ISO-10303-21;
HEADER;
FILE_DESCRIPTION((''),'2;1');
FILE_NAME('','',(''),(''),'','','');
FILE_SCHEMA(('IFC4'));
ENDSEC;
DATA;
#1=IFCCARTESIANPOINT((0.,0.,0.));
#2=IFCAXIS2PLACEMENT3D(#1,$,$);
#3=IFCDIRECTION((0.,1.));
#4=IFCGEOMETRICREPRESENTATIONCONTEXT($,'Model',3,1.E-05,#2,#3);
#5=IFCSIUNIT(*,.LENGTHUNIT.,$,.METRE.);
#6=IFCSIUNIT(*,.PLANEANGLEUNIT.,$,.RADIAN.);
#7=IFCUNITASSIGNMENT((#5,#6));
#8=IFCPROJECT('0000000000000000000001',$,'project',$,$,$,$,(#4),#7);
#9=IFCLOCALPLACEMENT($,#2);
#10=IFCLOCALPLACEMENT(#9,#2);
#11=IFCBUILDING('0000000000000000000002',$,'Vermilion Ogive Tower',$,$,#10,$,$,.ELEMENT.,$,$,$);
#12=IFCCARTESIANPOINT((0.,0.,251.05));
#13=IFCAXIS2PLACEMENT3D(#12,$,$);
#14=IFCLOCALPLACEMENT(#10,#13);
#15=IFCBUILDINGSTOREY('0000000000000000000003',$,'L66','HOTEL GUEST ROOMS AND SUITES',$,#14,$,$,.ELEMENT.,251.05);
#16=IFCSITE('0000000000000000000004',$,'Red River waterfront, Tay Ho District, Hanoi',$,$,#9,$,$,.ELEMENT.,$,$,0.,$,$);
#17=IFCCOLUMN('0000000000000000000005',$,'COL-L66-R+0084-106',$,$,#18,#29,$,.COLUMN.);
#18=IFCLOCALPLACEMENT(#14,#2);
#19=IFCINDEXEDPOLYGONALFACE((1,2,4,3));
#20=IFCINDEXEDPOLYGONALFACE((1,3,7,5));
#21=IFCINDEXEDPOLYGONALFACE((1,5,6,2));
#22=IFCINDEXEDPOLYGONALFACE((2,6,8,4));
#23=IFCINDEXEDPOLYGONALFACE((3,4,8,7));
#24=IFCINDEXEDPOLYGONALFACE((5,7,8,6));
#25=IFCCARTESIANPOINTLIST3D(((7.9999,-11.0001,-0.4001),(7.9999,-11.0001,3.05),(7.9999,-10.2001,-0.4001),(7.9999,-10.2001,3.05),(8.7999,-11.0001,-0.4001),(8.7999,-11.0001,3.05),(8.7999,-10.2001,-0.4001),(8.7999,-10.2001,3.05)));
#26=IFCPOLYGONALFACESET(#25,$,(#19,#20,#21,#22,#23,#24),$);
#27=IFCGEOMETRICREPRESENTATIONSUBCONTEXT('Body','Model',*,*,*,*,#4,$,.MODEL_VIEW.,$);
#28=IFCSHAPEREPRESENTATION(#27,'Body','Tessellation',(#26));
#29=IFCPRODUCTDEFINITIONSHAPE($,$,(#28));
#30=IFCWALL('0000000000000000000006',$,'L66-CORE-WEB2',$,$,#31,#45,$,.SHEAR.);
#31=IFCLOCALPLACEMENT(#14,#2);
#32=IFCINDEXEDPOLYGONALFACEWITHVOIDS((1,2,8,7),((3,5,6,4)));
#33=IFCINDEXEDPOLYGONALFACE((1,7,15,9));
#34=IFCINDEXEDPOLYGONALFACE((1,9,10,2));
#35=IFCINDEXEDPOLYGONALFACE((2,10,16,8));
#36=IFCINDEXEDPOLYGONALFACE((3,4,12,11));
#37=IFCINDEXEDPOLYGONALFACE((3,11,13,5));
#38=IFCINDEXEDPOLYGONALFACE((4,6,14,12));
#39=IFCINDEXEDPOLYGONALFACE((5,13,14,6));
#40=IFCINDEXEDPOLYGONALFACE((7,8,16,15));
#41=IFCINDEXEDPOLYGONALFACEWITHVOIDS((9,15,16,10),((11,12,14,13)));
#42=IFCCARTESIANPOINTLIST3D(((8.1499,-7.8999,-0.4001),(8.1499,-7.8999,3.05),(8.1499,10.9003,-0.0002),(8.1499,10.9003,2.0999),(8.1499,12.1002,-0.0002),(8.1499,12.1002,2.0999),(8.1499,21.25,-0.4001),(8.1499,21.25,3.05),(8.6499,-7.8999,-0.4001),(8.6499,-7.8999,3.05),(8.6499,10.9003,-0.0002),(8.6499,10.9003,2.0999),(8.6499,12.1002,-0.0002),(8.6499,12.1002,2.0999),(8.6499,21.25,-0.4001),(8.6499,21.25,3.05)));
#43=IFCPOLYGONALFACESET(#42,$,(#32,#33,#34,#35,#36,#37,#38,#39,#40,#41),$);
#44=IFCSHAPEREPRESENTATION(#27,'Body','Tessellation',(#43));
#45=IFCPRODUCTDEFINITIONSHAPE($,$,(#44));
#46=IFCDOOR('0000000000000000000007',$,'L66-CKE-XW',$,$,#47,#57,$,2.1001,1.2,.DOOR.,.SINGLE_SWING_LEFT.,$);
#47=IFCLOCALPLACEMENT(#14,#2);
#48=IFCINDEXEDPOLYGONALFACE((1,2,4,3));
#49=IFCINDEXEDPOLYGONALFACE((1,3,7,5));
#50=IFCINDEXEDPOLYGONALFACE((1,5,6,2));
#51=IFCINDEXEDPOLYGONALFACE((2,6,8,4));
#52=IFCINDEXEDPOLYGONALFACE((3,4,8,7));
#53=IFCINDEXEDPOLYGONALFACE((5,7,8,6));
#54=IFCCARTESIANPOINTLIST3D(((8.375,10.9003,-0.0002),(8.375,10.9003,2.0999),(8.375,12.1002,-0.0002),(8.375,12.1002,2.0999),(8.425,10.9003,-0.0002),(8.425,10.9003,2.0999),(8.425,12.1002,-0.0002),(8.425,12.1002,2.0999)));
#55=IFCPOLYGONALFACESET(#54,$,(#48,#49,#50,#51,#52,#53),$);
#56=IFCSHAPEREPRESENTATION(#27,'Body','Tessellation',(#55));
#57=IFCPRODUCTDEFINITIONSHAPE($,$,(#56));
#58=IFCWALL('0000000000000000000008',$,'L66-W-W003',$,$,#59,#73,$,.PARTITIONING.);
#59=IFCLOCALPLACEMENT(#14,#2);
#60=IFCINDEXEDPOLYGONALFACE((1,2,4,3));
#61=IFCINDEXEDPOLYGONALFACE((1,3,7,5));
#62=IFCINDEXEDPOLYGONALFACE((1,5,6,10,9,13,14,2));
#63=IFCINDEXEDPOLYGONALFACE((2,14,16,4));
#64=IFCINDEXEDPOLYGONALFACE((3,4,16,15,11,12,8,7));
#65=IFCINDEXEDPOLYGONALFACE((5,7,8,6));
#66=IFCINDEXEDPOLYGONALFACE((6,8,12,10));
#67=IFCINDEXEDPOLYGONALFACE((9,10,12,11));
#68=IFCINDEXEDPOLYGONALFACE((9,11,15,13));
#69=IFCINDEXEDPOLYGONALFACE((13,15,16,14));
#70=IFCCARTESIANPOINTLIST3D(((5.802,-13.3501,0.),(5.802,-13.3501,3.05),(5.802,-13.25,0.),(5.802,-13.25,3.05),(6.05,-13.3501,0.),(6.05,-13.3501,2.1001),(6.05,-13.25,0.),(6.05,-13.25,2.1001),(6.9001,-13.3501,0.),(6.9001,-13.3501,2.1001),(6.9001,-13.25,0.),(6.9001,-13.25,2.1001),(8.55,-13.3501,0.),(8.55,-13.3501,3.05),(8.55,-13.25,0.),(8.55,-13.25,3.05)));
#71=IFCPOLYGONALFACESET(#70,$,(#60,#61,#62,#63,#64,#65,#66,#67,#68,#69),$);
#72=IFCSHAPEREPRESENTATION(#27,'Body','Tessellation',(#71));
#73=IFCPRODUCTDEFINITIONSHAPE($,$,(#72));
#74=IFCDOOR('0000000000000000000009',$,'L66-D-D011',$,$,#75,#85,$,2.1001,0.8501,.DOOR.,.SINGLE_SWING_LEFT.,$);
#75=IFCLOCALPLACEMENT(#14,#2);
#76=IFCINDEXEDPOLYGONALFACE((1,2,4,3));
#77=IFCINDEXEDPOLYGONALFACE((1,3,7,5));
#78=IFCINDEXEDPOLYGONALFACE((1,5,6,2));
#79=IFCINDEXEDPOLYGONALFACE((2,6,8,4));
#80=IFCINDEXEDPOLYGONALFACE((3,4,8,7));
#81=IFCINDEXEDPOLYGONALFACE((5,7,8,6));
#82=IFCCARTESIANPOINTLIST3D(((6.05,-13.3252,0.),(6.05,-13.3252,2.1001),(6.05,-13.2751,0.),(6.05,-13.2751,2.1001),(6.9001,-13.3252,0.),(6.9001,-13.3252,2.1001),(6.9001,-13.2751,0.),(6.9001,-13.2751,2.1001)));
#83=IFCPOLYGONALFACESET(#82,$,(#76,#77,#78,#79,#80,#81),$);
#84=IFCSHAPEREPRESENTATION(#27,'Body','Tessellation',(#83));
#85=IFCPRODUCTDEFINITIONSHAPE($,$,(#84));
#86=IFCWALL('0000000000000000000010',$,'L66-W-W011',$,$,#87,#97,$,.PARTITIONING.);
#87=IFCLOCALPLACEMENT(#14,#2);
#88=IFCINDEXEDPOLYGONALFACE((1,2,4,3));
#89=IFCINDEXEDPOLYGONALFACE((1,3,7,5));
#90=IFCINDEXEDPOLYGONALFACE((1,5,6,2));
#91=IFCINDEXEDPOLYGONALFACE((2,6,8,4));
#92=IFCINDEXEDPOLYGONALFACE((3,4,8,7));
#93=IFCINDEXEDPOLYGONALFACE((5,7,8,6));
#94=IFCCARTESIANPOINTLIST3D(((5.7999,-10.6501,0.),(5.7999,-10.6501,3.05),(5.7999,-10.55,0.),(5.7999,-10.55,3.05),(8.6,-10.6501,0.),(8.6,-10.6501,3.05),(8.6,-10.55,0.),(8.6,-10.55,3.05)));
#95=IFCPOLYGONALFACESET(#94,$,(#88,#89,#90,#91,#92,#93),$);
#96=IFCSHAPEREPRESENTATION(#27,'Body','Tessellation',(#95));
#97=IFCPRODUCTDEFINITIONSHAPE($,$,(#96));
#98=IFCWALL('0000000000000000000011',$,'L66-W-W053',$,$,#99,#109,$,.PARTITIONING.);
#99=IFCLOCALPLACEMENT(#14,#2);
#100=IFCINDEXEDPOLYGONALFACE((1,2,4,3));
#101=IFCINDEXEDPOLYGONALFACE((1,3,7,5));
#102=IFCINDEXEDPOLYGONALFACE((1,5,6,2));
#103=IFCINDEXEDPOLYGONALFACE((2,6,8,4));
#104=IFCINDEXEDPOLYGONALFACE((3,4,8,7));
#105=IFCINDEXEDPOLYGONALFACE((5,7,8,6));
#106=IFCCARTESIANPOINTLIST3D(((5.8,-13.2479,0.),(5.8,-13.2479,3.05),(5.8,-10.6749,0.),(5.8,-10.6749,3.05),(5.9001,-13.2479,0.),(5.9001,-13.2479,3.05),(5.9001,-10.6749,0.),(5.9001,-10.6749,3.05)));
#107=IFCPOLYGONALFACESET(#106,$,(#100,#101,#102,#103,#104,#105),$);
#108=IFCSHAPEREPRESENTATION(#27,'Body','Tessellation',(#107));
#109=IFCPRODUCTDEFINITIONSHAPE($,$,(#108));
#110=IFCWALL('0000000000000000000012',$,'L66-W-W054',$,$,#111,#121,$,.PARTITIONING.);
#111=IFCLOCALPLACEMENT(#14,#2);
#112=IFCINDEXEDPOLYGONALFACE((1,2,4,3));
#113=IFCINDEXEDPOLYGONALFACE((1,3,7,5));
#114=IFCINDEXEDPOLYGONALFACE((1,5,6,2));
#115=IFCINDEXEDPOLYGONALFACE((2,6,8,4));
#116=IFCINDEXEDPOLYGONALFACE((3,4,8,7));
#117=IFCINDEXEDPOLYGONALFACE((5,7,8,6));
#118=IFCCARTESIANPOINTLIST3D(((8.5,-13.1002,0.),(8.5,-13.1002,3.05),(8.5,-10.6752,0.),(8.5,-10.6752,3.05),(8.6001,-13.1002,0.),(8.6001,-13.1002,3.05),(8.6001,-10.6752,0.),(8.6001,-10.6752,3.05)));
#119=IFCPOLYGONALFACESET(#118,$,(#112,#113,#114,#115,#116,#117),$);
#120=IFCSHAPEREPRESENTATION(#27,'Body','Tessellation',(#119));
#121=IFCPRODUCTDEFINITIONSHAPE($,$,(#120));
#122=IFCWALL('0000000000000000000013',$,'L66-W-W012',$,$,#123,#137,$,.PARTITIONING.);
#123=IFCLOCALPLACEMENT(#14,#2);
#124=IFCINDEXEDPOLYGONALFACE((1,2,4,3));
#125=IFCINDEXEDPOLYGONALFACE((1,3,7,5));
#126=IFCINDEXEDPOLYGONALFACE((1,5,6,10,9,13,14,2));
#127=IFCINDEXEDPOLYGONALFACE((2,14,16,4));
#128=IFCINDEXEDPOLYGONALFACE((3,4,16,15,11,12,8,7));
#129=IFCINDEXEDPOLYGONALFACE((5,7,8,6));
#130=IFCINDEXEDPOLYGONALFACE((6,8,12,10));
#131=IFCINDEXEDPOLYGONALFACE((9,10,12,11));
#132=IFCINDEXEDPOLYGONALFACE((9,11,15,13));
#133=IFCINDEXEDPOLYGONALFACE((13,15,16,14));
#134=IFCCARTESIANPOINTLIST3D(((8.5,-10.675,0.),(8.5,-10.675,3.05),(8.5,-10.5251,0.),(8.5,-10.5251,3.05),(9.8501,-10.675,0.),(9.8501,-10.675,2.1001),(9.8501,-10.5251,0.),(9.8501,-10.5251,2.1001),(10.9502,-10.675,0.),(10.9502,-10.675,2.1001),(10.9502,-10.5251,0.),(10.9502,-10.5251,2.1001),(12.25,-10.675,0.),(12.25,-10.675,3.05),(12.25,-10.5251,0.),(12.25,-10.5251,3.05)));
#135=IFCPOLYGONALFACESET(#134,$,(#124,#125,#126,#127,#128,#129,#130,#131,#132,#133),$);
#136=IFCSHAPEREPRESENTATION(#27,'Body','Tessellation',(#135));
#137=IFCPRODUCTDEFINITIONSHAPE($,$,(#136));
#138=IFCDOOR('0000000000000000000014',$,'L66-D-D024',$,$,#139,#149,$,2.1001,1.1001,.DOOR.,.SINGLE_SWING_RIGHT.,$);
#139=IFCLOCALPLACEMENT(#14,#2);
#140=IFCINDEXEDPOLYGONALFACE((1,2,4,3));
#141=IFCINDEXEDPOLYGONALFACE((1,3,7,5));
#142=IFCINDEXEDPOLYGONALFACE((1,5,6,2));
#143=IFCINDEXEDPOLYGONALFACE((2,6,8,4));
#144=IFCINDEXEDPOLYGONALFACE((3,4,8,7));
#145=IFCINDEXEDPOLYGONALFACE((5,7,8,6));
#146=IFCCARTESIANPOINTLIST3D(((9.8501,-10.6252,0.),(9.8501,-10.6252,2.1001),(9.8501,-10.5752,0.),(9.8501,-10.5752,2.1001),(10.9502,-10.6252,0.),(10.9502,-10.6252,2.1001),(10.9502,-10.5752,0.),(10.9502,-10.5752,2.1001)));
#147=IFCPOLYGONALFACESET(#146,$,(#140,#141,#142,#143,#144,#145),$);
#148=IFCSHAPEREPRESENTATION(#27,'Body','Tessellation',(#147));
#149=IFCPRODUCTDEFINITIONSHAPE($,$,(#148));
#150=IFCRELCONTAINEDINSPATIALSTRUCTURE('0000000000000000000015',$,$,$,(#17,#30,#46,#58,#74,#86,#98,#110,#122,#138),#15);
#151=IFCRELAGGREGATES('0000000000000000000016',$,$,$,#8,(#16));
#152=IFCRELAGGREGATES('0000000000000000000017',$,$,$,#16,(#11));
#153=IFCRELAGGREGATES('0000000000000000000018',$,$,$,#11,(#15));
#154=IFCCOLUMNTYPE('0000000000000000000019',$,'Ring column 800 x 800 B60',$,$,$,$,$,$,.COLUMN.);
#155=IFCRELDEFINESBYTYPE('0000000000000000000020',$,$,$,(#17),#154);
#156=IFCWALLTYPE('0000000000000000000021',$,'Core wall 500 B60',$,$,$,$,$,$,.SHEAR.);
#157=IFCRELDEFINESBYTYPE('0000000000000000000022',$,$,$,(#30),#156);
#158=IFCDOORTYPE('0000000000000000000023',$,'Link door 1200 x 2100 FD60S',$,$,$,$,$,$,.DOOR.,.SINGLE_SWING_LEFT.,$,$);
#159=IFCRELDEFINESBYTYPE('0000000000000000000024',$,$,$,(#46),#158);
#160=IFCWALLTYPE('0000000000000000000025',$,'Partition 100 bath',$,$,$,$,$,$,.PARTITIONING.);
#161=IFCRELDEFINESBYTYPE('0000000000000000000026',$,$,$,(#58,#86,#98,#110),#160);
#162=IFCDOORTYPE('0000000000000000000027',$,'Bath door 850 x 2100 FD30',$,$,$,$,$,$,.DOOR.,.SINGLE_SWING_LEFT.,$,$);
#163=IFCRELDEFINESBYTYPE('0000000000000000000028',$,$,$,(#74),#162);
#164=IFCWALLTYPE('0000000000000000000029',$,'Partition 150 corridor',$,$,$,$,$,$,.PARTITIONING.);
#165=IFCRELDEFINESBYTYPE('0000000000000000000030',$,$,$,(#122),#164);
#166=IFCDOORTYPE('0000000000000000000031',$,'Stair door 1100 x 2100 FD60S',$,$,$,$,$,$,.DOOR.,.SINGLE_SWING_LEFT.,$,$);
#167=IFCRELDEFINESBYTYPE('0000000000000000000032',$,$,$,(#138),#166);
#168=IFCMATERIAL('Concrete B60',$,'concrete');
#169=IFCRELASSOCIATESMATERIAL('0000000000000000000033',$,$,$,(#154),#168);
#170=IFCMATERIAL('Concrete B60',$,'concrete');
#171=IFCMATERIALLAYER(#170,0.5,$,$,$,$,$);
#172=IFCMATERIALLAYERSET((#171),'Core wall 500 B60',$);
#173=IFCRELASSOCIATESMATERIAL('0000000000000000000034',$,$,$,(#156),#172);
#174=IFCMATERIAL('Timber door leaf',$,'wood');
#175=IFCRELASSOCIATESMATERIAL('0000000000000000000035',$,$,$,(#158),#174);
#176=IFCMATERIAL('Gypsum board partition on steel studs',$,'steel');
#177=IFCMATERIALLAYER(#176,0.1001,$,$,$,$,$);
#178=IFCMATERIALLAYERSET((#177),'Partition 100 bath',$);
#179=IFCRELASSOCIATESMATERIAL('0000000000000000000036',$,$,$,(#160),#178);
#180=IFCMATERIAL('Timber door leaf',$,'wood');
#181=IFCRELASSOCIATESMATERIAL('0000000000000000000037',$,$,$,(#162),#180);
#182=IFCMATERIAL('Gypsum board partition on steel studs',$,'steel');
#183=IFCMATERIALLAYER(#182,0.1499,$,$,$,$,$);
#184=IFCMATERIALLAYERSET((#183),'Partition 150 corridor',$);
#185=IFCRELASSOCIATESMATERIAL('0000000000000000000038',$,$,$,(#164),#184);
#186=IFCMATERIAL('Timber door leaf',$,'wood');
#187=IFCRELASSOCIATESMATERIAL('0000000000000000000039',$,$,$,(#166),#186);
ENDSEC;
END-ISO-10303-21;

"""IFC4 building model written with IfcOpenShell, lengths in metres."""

from ifc_helpers import new_model, si_unit, direction, frame, frame_2d, origin, origin_2d, place, context, subcontext, project, spatial, rectangle, extrude, material, layer, layer_set, material_profile, profile_set, type_object, element, fill, save


model = new_model("IFC4")

# Units and contexts
model_context = context("Model", 3, precision=1e-05, world=origin(), true_north=direction((0.0, 1.0)))
body_context = subcontext(model_context, "Body", "Model", "MODEL_VIEW")
ifc_project = project(units=[si_unit("LENGTHUNIT", "METRE"), si_unit("PLANEANGLEUNIT", "RADIAN")], contexts=[model_context])

# Site, building, storey
site_placement = place(None, origin())
site = spatial("IfcSite", under=ifc_project, at=site_placement, Name="Red River waterfront, Tay Ho District, Hanoi", CompositionType="ELEMENT", RefElevation=0.0)
building_placement = place(site_placement, origin())
building = spatial("IfcBuilding", under=site, at=building_placement, Name="Vermilion Ogive Tower", CompositionType="ELEMENT")
storey_placement = place(building_placement, frame((0.0, 0.0, 251.05)))
storey = spatial("IfcBuildingStorey", under=building, at=storey_placement, Name="L66", Description="HOTEL GUEST ROOMS AND SUITES", CompositionType="ELEMENT", Elevation=251.05)

# Column
ifc_material_1 = material(Name="Concrete B60", Category="concrete")
ifc_material_profile = material_profile(ifc_material_1, rectangle(XDim=0.8, YDim=0.8, at=origin_2d()), Name="800 x 800")
ifc_profile_set = profile_set([ifc_material_profile], Name="Concrete B60")
column_type = type_object("IfcColumnType", Name="Ring column 800 x 800 B60", PredefinedType="COLUMN", material=ifc_profile_set)
column_placement = place(storey_placement, frame((8.3999, -10.6001, -0.4001), z_axis=(0.0, 0.0, 1.0), x_axis=(1.0, 0.0, 0.0)))
element("IfcColumn", 1, at=column_placement, inside=storey, type_object=column_type, Name="COL-L66-R+0084-106", PredefinedType="COLUMN", context=body_context, shape_type="SweptSolid", body=[
    extrude(rectangle(XDim=0.8, YDim=0.8, at=origin_2d()), origin(), (0.0, 0.0, 1.0), 3.4502),
])

# Walls, openings, doors
ifc_material_2 = material(Name="Concrete B60", Category="concrete")
ifc_layer_1 = layer(ifc_material_2, 0.5)
ifc_layer_set_1 = layer_set([ifc_layer_1], Name="Core wall 500 B60")
wall_type_1 = type_object("IfcWallType", Name="Core wall 500 B60", PredefinedType="SHEAR", material=ifc_layer_set_1)
wall_1_placement = place(storey_placement, frame((8.3999, -7.8999, -0.4001), z_axis=(0.0, 0.0, 1.0), x_axis=(0.0, 1.0, 0.0)))
wall_1 = element("IfcWall", 2, at=wall_1_placement, inside=storey, type_object=wall_type_1, Name="L66-CORE-WEB2", PredefinedType="SHEAR", context=body_context, shape_type="SweptSolid", body=[
    extrude(rectangle(XDim=29.1499, YDim=0.5, at=frame_2d((14.575, 0.0))), origin(), (0.0, 0.0, 1.0), 3.4502),
])
opening_1_placement = place(wall_1_placement, frame((18.8, 0.0, 0.3999)))
opening_1 = element("IfcOpeningElement", 3, at=opening_1_placement, cuts=wall_1, PredefinedType="OPENING", context=body_context, shape_type="SweptSolid", body=[
    extrude(rectangle(XDim=1.2, YDim=2.1001, at=frame_2d((0.6001, 1.05))), frame((0.0, 0.26, 0.0), z_axis=(0.0, -1.0, 0.0), x_axis=(1.0, 0.0, 0.0)), (0.0, 0.0, 1.0), 0.52),
])
ifc_material_3 = material(Name="Timber door leaf", Category="wood")
door_type_1 = type_object("IfcDoorType", Name="Link door 1200 x 2100 FD60S", OperationType="SINGLE_SWING_LEFT", PredefinedType="DOOR", material=ifc_material_3)
door_1_placement = place(opening_1_placement, origin())
door_1 = element("IfcDoor", 4, at=door_1_placement, inside=storey, type_object=door_type_1, Name="L66-CKE-XW", OperationType="SINGLE_SWING_LEFT", OverallHeight=2.1001, OverallWidth=1.2, PredefinedType="DOOR", context=body_context, shape_type="SweptSolid", body=[
    extrude(rectangle(XDim=1.2, YDim=2.1001, at=frame_2d((0.6001, 1.05))), frame((0.0, 0.0249, 0.0), z_axis=(0.0, -1.0, 0.0), x_axis=(1.0, 0.0, 0.0)), (0.0, 0.0, 1.0), 0.05),
])
fill(opening_1, door_1)
ifc_material_4 = material(Name="Gypsum board partition on steel studs", Category="steel")
ifc_layer_2 = layer(ifc_material_4, 0.1001)
ifc_layer_set_2 = layer_set([ifc_layer_2], Name="Partition 100 bath")
wall_type_2 = type_object("IfcWallType", Name="Partition 100 bath", PredefinedType="PARTITIONING", material=ifc_layer_set_2)
wall_2_placement = place(storey_placement, frame((5.802, -13.3, 0.0), z_axis=(0.0, 0.0, 1.0), x_axis=(1.0, 0.0, 0.0)))
wall_2 = element("IfcWall", 5, at=wall_2_placement, inside=storey, type_object=wall_type_2, Name="L66-W-W003", PredefinedType="PARTITIONING", context=body_context, shape_type="SweptSolid", body=[
    extrude(rectangle(XDim=2.748, YDim=0.1001, at=frame_2d((1.374, 0.0))), origin(), (0.0, 0.0, 1.0), 3.05),
])
opening_2_placement = place(wall_2_placement, frame((0.248, 0.0, 0.0)))
opening_2 = element("IfcOpeningElement", 6, at=opening_2_placement, cuts=wall_2, PredefinedType="OPENING", context=body_context, shape_type="SweptSolid", body=[
    extrude(rectangle(XDim=0.8501, YDim=2.1001, at=frame_2d((0.425, 1.05))), frame((0.0, 0.0601, 0.0), z_axis=(0.0, -1.0, 0.0), x_axis=(1.0, 0.0, 0.0)), (0.0, 0.0, 1.0), 0.1201),
])
ifc_material_5 = material(Name="Timber door leaf", Category="wood")
door_type_2 = type_object("IfcDoorType", Name="Bath door 850 x 2100 FD30", OperationType="SINGLE_SWING_LEFT", PredefinedType="DOOR", material=ifc_material_5)
door_2_placement = place(opening_2_placement, origin())
door_2 = element("IfcDoor", 7, at=door_2_placement, inside=storey, type_object=door_type_2, Name="L66-D-D011", OperationType="SINGLE_SWING_LEFT", OverallHeight=2.1001, OverallWidth=0.8501, PredefinedType="DOOR", context=body_context, shape_type="SweptSolid", body=[
    extrude(rectangle(XDim=0.8501, YDim=2.1001, at=frame_2d((0.425, 1.05))), frame((0.0, 0.0249, 0.0), z_axis=(0.0, -1.0, 0.0), x_axis=(1.0, 0.0, 0.0)), (0.0, 0.0, 1.0), 0.05),
])
fill(opening_2, door_2)

# Walls
wall_3_placement = place(storey_placement, frame((5.8, -10.6001, 0.0), z_axis=(0.0, 0.0, 1.0), x_axis=(1.0, 0.0, 0.0)))
element("IfcWall", 8, at=wall_3_placement, inside=storey, type_object=wall_type_2, Name="L66-W-W011", PredefinedType="PARTITIONING", context=body_context, shape_type="SweptSolid", body=[
    extrude(rectangle(XDim=2.8, YDim=0.1001, at=frame_2d((1.3999, 0.0))), origin(), (0.0, 0.0, 1.0), 3.05),
])
wall_4_placement = place(storey_placement, frame((5.8501, -13.248, 0.0), z_axis=(0.0, 0.0, 1.0), x_axis=(0.0, 1.0, 0.0)))
element("IfcWall", 9, at=wall_4_placement, inside=storey, type_object=wall_type_2, Name="L66-W-W053", PredefinedType="PARTITIONING", context=body_context, shape_type="SweptSolid", body=[
    extrude(rectangle(XDim=2.573, YDim=0.1001, at=frame_2d((1.2866, 0.0))), origin(), (0.0, 0.0, 1.0), 3.05),
])
wall_5_placement = place(storey_placement, frame((8.55, -13.1001, 0.0), z_axis=(0.0, 0.0, 1.0), x_axis=(0.0, 1.0, 0.0)))
element("IfcWall", 10, at=wall_5_placement, inside=storey, type_object=wall_type_2, Name="L66-W-W054", PredefinedType="PARTITIONING", context=body_context, shape_type="SweptSolid", body=[
    extrude(rectangle(XDim=2.425, YDim=0.1001, at=frame_2d((1.2124, 0.0))), origin(), (0.0, 0.0, 1.0), 3.05),
])

# Wall, opening, door
ifc_material_6 = material(Name="Gypsum board partition on steel studs", Category="steel")
ifc_layer_3 = layer(ifc_material_6, 0.1499)
ifc_layer_set_3 = layer_set([ifc_layer_3], Name="Partition 150 corridor")
wall_type_3 = type_object("IfcWallType", Name="Partition 150 corridor", PredefinedType="PARTITIONING", material=ifc_layer_set_3)
wall_6_placement = place(storey_placement, frame((8.5, -10.6001, 0.0), z_axis=(0.0, 0.0, 1.0), x_axis=(1.0, 0.0, 0.0)))
wall_6 = element("IfcWall", 11, at=wall_6_placement, inside=storey, type_object=wall_type_3, Name="L66-W-W012", PredefinedType="PARTITIONING", context=body_context, shape_type="SweptSolid", body=[
    extrude(rectangle(XDim=3.75, YDim=0.1499, at=frame_2d((1.875, 0.0))), origin(), (0.0, 0.0, 1.0), 3.05),
])
opening_3_placement = place(wall_6_placement, frame((1.3501, 0.0, 0.0)))
opening_3 = element("IfcOpeningElement", 12, at=opening_3_placement, cuts=wall_6, PredefinedType="OPENING", context=body_context, shape_type="SweptSolid", body=[
    extrude(rectangle(XDim=1.1001, YDim=2.1001, at=frame_2d((0.55, 1.05))), frame((0.0, 0.085, 0.0), z_axis=(0.0, -1.0, 0.0), x_axis=(1.0, 0.0, 0.0)), (0.0, 0.0, 1.0), 0.1699),
])
ifc_material_7 = material(Name="Timber door leaf", Category="wood")
door_type_3 = type_object("IfcDoorType", Name="Stair door 1100 x 2100 FD60S", OperationType="SINGLE_SWING_LEFT", PredefinedType="DOOR", material=ifc_material_7)
door_3_placement = place(opening_3_placement, origin())
door_3 = element("IfcDoor", 13, at=door_3_placement, inside=storey, type_object=door_type_3, Name="L66-D-D024", OperationType="SINGLE_SWING_RIGHT", OverallHeight=2.1001, OverallWidth=1.1001, PredefinedType="DOOR", context=body_context, shape_type="SweptSolid", body=[
    extrude(rectangle(XDim=1.1001, YDim=2.1001, at=frame_2d((0.55, 1.05))), frame((0.0, 0.0249, 0.0), z_axis=(0.0, -1.0, 0.0), x_axis=(1.0, 0.0, 0.0)), (0.0, 0.0, 1.0), 0.05),
])
fill(opening_3, door_3)

save(model, "model.ifc")
